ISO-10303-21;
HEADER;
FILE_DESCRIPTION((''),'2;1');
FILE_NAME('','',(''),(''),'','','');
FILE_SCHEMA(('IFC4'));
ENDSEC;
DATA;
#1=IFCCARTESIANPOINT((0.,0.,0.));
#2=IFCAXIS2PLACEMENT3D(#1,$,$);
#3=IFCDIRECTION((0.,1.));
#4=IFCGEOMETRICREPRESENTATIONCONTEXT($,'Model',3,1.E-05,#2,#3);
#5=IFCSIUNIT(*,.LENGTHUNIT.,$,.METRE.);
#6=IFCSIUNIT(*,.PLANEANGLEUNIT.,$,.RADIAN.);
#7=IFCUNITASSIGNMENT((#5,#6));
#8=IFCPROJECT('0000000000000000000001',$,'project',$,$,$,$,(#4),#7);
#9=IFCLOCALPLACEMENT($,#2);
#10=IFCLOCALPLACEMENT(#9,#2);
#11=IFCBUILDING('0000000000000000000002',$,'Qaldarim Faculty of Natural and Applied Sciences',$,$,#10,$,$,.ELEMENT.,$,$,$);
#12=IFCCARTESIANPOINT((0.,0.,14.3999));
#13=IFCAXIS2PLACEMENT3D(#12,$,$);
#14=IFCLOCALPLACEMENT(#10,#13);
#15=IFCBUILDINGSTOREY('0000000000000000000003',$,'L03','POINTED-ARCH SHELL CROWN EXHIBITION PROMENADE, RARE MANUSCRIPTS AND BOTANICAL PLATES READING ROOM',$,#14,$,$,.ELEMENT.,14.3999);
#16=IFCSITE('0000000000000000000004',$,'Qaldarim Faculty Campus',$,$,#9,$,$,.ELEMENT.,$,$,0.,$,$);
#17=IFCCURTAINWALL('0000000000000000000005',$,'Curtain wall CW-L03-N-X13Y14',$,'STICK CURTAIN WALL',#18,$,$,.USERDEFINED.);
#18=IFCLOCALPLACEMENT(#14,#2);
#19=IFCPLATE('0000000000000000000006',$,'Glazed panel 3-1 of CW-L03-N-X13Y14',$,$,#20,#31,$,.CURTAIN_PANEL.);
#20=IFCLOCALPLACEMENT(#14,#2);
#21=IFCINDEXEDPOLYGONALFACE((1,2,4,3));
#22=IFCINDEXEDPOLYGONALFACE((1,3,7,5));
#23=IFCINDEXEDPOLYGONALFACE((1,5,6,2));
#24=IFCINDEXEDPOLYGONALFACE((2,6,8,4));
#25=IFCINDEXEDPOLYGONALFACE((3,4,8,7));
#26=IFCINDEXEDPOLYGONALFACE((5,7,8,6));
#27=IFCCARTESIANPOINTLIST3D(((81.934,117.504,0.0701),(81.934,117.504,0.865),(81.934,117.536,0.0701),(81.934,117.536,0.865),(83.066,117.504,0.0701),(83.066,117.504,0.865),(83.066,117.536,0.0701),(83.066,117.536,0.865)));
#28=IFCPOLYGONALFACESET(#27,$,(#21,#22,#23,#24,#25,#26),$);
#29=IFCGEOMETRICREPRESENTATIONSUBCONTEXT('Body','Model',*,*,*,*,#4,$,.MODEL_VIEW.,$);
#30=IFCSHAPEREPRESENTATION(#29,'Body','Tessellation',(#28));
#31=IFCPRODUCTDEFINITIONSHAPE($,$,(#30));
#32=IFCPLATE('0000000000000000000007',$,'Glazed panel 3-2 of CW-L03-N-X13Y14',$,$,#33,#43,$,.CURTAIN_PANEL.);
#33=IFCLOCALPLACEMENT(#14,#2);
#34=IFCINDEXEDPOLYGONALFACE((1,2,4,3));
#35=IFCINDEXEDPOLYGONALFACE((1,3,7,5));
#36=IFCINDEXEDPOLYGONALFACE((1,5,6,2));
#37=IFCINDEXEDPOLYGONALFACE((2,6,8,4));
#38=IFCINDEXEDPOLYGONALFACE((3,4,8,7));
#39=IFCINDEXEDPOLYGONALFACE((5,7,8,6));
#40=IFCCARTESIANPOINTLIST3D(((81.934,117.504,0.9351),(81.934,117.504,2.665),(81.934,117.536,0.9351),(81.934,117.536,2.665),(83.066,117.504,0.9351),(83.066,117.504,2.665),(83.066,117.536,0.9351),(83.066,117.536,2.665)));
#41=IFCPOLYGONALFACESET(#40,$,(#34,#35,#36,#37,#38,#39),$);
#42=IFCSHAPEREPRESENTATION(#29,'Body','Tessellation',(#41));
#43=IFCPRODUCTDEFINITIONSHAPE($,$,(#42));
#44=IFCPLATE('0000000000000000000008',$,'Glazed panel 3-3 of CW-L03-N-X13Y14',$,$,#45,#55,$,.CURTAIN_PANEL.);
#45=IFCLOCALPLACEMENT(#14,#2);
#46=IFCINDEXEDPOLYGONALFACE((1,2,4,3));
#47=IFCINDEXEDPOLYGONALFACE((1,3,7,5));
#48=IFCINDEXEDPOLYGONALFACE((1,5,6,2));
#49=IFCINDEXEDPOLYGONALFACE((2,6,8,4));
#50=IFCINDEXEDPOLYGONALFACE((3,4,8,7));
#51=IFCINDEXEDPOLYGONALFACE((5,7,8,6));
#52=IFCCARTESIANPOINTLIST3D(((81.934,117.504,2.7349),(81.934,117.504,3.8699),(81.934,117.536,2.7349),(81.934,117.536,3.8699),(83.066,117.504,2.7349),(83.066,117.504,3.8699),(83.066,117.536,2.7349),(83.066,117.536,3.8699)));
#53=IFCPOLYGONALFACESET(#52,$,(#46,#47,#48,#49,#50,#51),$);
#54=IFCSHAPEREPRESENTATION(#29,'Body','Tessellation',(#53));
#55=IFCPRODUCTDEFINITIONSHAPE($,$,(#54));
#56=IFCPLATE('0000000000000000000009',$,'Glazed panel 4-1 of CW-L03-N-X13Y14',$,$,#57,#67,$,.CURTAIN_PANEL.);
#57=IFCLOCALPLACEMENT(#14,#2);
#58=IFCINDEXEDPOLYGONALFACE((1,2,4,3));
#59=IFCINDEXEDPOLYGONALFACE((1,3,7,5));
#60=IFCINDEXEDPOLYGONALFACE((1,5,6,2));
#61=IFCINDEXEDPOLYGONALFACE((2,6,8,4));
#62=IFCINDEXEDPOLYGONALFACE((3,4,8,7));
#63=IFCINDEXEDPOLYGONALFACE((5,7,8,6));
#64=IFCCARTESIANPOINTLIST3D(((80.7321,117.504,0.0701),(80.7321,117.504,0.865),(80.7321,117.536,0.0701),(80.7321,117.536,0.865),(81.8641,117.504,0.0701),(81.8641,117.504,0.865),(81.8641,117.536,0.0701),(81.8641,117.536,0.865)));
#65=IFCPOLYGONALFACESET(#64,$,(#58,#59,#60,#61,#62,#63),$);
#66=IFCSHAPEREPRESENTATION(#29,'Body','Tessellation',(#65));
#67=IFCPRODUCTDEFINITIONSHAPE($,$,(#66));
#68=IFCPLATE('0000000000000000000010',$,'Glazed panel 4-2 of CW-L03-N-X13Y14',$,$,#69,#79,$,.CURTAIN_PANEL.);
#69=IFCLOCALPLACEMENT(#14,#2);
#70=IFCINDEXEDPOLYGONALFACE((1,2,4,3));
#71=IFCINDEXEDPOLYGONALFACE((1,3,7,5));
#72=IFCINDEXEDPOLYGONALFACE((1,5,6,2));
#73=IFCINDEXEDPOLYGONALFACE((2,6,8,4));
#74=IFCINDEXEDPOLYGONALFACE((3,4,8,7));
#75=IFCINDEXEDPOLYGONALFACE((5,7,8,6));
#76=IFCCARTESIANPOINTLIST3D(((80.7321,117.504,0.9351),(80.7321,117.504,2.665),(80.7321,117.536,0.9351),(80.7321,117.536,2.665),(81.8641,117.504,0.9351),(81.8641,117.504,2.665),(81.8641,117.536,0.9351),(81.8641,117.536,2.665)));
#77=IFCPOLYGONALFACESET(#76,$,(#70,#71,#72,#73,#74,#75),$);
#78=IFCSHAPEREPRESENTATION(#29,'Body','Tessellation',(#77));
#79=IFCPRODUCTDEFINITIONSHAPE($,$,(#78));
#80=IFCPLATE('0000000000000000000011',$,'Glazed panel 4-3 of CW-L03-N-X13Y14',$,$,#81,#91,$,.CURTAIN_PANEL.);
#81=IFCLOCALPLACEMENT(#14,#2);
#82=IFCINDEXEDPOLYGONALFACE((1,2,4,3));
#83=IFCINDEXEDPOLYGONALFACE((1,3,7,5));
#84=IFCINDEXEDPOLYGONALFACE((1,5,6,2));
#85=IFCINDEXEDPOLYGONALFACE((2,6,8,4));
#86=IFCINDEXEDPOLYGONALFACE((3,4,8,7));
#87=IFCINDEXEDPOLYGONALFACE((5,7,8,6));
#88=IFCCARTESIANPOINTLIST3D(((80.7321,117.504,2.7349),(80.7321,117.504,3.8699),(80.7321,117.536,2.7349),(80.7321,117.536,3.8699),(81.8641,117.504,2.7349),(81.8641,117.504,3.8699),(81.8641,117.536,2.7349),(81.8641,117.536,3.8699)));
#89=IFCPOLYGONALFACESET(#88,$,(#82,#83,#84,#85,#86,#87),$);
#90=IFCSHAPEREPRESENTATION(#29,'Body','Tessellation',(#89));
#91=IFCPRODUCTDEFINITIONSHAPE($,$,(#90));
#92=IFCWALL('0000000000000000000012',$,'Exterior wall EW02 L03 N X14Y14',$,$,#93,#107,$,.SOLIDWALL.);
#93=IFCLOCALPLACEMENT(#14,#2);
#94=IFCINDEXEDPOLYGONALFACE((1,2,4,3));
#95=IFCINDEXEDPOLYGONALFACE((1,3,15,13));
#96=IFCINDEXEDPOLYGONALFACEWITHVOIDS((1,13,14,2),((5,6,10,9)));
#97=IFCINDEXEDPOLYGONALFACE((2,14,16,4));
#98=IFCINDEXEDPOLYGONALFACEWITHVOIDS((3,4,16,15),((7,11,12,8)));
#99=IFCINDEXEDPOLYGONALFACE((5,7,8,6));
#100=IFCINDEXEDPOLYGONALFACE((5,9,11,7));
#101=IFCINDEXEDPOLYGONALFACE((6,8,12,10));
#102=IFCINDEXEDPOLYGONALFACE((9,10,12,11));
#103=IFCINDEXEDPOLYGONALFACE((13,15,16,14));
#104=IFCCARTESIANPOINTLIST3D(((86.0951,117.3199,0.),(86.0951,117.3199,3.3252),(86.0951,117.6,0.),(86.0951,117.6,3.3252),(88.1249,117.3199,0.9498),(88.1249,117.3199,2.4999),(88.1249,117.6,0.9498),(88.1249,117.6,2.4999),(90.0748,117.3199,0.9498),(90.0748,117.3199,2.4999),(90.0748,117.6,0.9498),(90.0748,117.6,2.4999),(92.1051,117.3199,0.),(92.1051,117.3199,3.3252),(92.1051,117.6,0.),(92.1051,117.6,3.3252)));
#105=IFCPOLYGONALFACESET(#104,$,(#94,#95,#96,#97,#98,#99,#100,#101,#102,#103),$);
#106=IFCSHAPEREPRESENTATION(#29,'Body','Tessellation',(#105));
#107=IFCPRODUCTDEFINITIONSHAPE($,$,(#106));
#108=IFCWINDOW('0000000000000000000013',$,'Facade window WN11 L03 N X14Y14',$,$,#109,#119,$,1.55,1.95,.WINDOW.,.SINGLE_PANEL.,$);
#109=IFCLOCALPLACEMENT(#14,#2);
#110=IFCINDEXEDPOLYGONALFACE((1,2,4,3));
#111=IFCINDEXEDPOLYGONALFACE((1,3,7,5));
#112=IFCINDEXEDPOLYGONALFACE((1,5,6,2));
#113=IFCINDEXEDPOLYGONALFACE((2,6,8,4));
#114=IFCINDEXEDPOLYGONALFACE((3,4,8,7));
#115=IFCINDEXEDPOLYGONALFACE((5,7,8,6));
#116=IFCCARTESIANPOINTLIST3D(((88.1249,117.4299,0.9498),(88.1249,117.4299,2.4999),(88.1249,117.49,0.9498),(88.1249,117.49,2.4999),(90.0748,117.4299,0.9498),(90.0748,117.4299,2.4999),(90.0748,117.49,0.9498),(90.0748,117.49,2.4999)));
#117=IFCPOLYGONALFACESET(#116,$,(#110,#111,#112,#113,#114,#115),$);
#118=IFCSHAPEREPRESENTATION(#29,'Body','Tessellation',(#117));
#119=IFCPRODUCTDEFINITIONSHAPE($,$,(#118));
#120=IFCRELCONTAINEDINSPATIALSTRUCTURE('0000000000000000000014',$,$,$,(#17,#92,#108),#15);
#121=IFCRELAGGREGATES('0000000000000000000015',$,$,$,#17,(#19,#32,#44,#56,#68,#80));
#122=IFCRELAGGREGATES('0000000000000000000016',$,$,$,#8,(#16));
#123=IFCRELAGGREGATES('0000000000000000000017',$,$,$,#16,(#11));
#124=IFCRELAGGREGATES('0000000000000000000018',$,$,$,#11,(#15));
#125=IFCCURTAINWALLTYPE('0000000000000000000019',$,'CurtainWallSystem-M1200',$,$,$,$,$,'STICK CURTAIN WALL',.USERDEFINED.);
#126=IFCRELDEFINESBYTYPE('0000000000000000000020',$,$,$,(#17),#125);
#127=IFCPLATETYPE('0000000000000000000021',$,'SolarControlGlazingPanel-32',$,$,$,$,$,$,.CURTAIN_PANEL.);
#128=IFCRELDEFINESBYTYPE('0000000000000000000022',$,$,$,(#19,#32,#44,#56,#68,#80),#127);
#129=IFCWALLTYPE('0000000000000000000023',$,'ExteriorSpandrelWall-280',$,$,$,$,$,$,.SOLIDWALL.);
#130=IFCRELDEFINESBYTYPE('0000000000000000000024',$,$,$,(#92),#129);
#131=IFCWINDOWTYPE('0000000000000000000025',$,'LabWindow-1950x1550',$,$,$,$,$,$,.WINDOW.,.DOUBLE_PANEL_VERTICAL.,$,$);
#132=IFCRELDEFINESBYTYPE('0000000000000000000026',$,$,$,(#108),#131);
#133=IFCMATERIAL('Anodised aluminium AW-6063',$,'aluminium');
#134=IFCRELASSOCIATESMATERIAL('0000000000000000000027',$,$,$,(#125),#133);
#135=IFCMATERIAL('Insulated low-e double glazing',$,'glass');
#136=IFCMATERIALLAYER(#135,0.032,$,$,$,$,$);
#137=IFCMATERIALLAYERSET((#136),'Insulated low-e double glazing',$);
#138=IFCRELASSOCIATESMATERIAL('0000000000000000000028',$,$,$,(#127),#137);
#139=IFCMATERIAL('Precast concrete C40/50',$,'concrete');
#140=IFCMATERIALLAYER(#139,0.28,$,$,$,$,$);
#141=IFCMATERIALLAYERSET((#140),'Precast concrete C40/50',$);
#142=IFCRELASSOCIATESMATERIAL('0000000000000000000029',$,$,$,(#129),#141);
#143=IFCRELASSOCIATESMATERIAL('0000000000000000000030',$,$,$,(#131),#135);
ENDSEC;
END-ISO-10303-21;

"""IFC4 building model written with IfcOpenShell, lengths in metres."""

from ifc_helpers import new_model, si_unit, direction, frame, frame_2d, origin, origin_2d, place, context, subcontext, project, spatial, rectangle, extrude, material, layer, layer_set, type_object, element, fill, aggregate, save


model = new_model("IFC4")

# Units and contexts
model_context = context("Model", 3, precision=1e-05, world=origin(), true_north=direction((0.0, 1.0)))
body_context = subcontext(model_context, "Body", "Model", "MODEL_VIEW")
ifc_project = project(units=[si_unit("LENGTHUNIT", "METRE"), si_unit("PLANEANGLEUNIT", "RADIAN")], contexts=[model_context])

# Site, building, storey
site_placement = place(None, origin())
site = spatial("IfcSite", under=ifc_project, at=site_placement, Name="Qaldarim Faculty Campus", CompositionType="ELEMENT", RefElevation=0.0)
building_placement = place(site_placement, origin())
building = spatial("IfcBuilding", under=site, at=building_placement, Name="Qaldarim Faculty of Natural and Applied Sciences", CompositionType="ELEMENT")
storey_placement = place(building_placement, frame((0.0, 0.0, 14.3999)))
storey = spatial("IfcBuildingStorey", under=building, at=storey_placement, Name="L03", Description="POINTED-ARCH SHELL CROWN EXHIBITION PROMENADE, RARE MANUSCRIPTS AND BOTANICAL PLATES READING ROOM", CompositionType="ELEMENT", Elevation=14.3999)

# Curtain wall, plates
ifc_material_1 = material(Name="Anodised aluminium AW-6063", Category="aluminium")
curtain_wall_type = type_object("IfcCurtainWallType", Name="CurtainWallSystem-M1200", ElementType="STICK CURTAIN WALL", PredefinedType="USERDEFINED", material=ifc_material_1)
curtain_wall_placement = place(storey_placement, origin())
curtain_wall = element("IfcCurtainWall", 1, at=curtain_wall_placement, inside=storey, type_object=curtain_wall_type, Name="Curtain wall CW-L03-N-X13Y14", ObjectType="STICK CURTAIN WALL", PredefinedType="USERDEFINED")
ifc_material_2 = material(Name="Insulated low-e double glazing", Category="glass")
ifc_layer_1 = layer(ifc_material_2, 0.032)
ifc_layer_set_1 = layer_set([ifc_layer_1], Name="Insulated low-e double glazing")
plate_type = type_object("IfcPlateType", Name="SolarControlGlazingPanel-32", PredefinedType="CURTAIN_PANEL", material=ifc_layer_set_1)
plate_1_placement = place(storey_placement, frame((82.5, 117.52, 0.0701), z_axis=(0.0, 0.0, 1.0), x_axis=(-1.0, 0.0, 0.0)))
plate_1 = element("IfcPlate", 2, at=plate_1_placement, type_object=plate_type, Name="Glazed panel 3-1 of CW-L03-N-X13Y14", PredefinedType="CURTAIN_PANEL", context=body_context, shape_type="SweptSolid", body=[
    extrude(rectangle(XDim=1.1321, YDim=0.032, at=origin_2d()), origin(), (0.0, 0.0, 1.0), 0.7949),
])
plate_2_placement = place(storey_placement, frame((82.5, 117.52, 0.9351), z_axis=(0.0, 0.0, 1.0), x_axis=(-1.0, 0.0, 0.0)))
plate_2 = element("IfcPlate", 3, at=plate_2_placement, type_object=plate_type, Name="Glazed panel 3-2 of CW-L03-N-X13Y14", PredefinedType="CURTAIN_PANEL", context=body_context, shape_type="SweptSolid", body=[
    extrude(rectangle(XDim=1.1321, YDim=0.032, at=origin_2d()), origin(), (0.0, 0.0, 1.0), 1.73),
])
plate_3_placement = place(storey_placement, frame((82.5, 117.52, 2.7349), z_axis=(0.0, 0.0, 1.0), x_axis=(-1.0, 0.0, 0.0)))
plate_3 = element("IfcPlate", 4, at=plate_3_placement, type_object=plate_type, Name="Glazed panel 3-3 of CW-L03-N-X13Y14", PredefinedType="CURTAIN_PANEL", context=body_context, shape_type="SweptSolid", body=[
    extrude(rectangle(XDim=1.1321, YDim=0.032, at=origin_2d()), origin(), (0.0, 0.0, 1.0), 1.135),
])
plate_4_placement = place(storey_placement, frame((81.2981, 117.52, 0.0701), z_axis=(0.0, 0.0, 1.0), x_axis=(-1.0, 0.0, 0.0)))
plate_4 = element("IfcPlate", 5, at=plate_4_placement, type_object=plate_type, Name="Glazed panel 4-1 of CW-L03-N-X13Y14", PredefinedType="CURTAIN_PANEL", context=body_context, shape_type="SweptSolid", body=[
    extrude(rectangle(XDim=1.1321, YDim=0.032, at=origin_2d()), origin(), (0.0, 0.0, 1.0), 0.7949),
])
plate_5_placement = place(storey_placement, frame((81.2981, 117.52, 0.9351), z_axis=(0.0, 0.0, 1.0), x_axis=(-1.0, 0.0, 0.0)))
plate_5 = element("IfcPlate", 6, at=plate_5_placement, type_object=plate_type, Name="Glazed panel 4-2 of CW-L03-N-X13Y14", PredefinedType="CURTAIN_PANEL", context=body_context, shape_type="SweptSolid", body=[
    extrude(rectangle(XDim=1.1321, YDim=0.032, at=origin_2d()), origin(), (0.0, 0.0, 1.0), 1.73),
])
plate_6_placement = place(storey_placement, frame((81.2981, 117.52, 2.7349), z_axis=(0.0, 0.0, 1.0), x_axis=(-1.0, 0.0, 0.0)))
plate_6 = element("IfcPlate", 7, at=plate_6_placement, type_object=plate_type, Name="Glazed panel 4-3 of CW-L03-N-X13Y14", PredefinedType="CURTAIN_PANEL", context=body_context, shape_type="SweptSolid", body=[
    extrude(rectangle(XDim=1.1321, YDim=0.032, at=origin_2d()), origin(), (0.0, 0.0, 1.0), 1.135),
])
aggregate(curtain_wall, [plate_1, plate_2, plate_3, plate_4, plate_5, plate_6])

# Wall, opening, window
ifc_material_3 = material(Name="Precast concrete C40/50", Category="concrete")
ifc_layer_2 = layer(ifc_material_3, 0.28)
ifc_layer_set_2 = layer_set([ifc_layer_2], Name="Precast concrete C40/50")
wall_type = type_object("IfcWallType", Name="ExteriorSpandrelWall-280", PredefinedType="SOLIDWALL", material=ifc_layer_set_2)
wall_placement = place(storey_placement, frame((92.105, 117.46, 0.0), z_axis=(0.0, 0.0, 1.0), x_axis=(-1.0, 0.0, 0.0)))
wall = element("IfcWall", 8, at=wall_placement, inside=storey, type_object=wall_type, Name="Exterior wall EW02 L03 N X14Y14", PredefinedType="SOLIDWALL", context=body_context, shape_type="SweptSolid", body=[
    extrude(rectangle(XDim=6.01, YDim=0.28, at=frame_2d((3.0049, 0.0))), origin(), (0.0, 0.0, 1.0), 3.3252),
])
opening_placement = place(wall_placement, frame((2.03, 0.0, 0.95)))
opening = element("IfcOpeningElement", 9, at=opening_placement, cuts=wall, PredefinedType="OPENING", context=body_context, shape_type="SweptSolid", body=[
    extrude(rectangle(XDim=1.95, YDim=1.55, at=frame_2d((0.9751, 0.7749))), frame((0.0, 0.1499, 0.0), z_axis=(0.0, -1.0, 0.0), x_axis=(1.0, 0.0, 0.0)), (0.0, 0.0, 1.0), 0.3),
])
window_type = type_object("IfcWindowType", Name="LabWindow-1950x1550", PartitioningType="DOUBLE_PANEL_VERTICAL", PredefinedType="WINDOW", material=ifc_material_2)
window_placement = place(opening_placement, origin())
window = element("IfcWindow", 10, at=window_placement, inside=storey, type_object=window_type, Name="Facade window WN11 L03 N X14Y14", OverallHeight=1.55, OverallWidth=1.95, PartitioningType="SINGLE_PANEL", PredefinedType="WINDOW", context=body_context, shape_type="SweptSolid", body=[
    extrude(rectangle(XDim=1.95, YDim=1.55, at=frame_2d((0.9751, 0.7749))), frame((0.0, 0.03, 0.0), z_axis=(0.0, -1.0, 0.0), x_axis=(1.0, 0.0, 0.0)), (0.0, 0.0, 1.0), 0.0601),
])
fill(opening, window)

save(model, "model.ifc")
